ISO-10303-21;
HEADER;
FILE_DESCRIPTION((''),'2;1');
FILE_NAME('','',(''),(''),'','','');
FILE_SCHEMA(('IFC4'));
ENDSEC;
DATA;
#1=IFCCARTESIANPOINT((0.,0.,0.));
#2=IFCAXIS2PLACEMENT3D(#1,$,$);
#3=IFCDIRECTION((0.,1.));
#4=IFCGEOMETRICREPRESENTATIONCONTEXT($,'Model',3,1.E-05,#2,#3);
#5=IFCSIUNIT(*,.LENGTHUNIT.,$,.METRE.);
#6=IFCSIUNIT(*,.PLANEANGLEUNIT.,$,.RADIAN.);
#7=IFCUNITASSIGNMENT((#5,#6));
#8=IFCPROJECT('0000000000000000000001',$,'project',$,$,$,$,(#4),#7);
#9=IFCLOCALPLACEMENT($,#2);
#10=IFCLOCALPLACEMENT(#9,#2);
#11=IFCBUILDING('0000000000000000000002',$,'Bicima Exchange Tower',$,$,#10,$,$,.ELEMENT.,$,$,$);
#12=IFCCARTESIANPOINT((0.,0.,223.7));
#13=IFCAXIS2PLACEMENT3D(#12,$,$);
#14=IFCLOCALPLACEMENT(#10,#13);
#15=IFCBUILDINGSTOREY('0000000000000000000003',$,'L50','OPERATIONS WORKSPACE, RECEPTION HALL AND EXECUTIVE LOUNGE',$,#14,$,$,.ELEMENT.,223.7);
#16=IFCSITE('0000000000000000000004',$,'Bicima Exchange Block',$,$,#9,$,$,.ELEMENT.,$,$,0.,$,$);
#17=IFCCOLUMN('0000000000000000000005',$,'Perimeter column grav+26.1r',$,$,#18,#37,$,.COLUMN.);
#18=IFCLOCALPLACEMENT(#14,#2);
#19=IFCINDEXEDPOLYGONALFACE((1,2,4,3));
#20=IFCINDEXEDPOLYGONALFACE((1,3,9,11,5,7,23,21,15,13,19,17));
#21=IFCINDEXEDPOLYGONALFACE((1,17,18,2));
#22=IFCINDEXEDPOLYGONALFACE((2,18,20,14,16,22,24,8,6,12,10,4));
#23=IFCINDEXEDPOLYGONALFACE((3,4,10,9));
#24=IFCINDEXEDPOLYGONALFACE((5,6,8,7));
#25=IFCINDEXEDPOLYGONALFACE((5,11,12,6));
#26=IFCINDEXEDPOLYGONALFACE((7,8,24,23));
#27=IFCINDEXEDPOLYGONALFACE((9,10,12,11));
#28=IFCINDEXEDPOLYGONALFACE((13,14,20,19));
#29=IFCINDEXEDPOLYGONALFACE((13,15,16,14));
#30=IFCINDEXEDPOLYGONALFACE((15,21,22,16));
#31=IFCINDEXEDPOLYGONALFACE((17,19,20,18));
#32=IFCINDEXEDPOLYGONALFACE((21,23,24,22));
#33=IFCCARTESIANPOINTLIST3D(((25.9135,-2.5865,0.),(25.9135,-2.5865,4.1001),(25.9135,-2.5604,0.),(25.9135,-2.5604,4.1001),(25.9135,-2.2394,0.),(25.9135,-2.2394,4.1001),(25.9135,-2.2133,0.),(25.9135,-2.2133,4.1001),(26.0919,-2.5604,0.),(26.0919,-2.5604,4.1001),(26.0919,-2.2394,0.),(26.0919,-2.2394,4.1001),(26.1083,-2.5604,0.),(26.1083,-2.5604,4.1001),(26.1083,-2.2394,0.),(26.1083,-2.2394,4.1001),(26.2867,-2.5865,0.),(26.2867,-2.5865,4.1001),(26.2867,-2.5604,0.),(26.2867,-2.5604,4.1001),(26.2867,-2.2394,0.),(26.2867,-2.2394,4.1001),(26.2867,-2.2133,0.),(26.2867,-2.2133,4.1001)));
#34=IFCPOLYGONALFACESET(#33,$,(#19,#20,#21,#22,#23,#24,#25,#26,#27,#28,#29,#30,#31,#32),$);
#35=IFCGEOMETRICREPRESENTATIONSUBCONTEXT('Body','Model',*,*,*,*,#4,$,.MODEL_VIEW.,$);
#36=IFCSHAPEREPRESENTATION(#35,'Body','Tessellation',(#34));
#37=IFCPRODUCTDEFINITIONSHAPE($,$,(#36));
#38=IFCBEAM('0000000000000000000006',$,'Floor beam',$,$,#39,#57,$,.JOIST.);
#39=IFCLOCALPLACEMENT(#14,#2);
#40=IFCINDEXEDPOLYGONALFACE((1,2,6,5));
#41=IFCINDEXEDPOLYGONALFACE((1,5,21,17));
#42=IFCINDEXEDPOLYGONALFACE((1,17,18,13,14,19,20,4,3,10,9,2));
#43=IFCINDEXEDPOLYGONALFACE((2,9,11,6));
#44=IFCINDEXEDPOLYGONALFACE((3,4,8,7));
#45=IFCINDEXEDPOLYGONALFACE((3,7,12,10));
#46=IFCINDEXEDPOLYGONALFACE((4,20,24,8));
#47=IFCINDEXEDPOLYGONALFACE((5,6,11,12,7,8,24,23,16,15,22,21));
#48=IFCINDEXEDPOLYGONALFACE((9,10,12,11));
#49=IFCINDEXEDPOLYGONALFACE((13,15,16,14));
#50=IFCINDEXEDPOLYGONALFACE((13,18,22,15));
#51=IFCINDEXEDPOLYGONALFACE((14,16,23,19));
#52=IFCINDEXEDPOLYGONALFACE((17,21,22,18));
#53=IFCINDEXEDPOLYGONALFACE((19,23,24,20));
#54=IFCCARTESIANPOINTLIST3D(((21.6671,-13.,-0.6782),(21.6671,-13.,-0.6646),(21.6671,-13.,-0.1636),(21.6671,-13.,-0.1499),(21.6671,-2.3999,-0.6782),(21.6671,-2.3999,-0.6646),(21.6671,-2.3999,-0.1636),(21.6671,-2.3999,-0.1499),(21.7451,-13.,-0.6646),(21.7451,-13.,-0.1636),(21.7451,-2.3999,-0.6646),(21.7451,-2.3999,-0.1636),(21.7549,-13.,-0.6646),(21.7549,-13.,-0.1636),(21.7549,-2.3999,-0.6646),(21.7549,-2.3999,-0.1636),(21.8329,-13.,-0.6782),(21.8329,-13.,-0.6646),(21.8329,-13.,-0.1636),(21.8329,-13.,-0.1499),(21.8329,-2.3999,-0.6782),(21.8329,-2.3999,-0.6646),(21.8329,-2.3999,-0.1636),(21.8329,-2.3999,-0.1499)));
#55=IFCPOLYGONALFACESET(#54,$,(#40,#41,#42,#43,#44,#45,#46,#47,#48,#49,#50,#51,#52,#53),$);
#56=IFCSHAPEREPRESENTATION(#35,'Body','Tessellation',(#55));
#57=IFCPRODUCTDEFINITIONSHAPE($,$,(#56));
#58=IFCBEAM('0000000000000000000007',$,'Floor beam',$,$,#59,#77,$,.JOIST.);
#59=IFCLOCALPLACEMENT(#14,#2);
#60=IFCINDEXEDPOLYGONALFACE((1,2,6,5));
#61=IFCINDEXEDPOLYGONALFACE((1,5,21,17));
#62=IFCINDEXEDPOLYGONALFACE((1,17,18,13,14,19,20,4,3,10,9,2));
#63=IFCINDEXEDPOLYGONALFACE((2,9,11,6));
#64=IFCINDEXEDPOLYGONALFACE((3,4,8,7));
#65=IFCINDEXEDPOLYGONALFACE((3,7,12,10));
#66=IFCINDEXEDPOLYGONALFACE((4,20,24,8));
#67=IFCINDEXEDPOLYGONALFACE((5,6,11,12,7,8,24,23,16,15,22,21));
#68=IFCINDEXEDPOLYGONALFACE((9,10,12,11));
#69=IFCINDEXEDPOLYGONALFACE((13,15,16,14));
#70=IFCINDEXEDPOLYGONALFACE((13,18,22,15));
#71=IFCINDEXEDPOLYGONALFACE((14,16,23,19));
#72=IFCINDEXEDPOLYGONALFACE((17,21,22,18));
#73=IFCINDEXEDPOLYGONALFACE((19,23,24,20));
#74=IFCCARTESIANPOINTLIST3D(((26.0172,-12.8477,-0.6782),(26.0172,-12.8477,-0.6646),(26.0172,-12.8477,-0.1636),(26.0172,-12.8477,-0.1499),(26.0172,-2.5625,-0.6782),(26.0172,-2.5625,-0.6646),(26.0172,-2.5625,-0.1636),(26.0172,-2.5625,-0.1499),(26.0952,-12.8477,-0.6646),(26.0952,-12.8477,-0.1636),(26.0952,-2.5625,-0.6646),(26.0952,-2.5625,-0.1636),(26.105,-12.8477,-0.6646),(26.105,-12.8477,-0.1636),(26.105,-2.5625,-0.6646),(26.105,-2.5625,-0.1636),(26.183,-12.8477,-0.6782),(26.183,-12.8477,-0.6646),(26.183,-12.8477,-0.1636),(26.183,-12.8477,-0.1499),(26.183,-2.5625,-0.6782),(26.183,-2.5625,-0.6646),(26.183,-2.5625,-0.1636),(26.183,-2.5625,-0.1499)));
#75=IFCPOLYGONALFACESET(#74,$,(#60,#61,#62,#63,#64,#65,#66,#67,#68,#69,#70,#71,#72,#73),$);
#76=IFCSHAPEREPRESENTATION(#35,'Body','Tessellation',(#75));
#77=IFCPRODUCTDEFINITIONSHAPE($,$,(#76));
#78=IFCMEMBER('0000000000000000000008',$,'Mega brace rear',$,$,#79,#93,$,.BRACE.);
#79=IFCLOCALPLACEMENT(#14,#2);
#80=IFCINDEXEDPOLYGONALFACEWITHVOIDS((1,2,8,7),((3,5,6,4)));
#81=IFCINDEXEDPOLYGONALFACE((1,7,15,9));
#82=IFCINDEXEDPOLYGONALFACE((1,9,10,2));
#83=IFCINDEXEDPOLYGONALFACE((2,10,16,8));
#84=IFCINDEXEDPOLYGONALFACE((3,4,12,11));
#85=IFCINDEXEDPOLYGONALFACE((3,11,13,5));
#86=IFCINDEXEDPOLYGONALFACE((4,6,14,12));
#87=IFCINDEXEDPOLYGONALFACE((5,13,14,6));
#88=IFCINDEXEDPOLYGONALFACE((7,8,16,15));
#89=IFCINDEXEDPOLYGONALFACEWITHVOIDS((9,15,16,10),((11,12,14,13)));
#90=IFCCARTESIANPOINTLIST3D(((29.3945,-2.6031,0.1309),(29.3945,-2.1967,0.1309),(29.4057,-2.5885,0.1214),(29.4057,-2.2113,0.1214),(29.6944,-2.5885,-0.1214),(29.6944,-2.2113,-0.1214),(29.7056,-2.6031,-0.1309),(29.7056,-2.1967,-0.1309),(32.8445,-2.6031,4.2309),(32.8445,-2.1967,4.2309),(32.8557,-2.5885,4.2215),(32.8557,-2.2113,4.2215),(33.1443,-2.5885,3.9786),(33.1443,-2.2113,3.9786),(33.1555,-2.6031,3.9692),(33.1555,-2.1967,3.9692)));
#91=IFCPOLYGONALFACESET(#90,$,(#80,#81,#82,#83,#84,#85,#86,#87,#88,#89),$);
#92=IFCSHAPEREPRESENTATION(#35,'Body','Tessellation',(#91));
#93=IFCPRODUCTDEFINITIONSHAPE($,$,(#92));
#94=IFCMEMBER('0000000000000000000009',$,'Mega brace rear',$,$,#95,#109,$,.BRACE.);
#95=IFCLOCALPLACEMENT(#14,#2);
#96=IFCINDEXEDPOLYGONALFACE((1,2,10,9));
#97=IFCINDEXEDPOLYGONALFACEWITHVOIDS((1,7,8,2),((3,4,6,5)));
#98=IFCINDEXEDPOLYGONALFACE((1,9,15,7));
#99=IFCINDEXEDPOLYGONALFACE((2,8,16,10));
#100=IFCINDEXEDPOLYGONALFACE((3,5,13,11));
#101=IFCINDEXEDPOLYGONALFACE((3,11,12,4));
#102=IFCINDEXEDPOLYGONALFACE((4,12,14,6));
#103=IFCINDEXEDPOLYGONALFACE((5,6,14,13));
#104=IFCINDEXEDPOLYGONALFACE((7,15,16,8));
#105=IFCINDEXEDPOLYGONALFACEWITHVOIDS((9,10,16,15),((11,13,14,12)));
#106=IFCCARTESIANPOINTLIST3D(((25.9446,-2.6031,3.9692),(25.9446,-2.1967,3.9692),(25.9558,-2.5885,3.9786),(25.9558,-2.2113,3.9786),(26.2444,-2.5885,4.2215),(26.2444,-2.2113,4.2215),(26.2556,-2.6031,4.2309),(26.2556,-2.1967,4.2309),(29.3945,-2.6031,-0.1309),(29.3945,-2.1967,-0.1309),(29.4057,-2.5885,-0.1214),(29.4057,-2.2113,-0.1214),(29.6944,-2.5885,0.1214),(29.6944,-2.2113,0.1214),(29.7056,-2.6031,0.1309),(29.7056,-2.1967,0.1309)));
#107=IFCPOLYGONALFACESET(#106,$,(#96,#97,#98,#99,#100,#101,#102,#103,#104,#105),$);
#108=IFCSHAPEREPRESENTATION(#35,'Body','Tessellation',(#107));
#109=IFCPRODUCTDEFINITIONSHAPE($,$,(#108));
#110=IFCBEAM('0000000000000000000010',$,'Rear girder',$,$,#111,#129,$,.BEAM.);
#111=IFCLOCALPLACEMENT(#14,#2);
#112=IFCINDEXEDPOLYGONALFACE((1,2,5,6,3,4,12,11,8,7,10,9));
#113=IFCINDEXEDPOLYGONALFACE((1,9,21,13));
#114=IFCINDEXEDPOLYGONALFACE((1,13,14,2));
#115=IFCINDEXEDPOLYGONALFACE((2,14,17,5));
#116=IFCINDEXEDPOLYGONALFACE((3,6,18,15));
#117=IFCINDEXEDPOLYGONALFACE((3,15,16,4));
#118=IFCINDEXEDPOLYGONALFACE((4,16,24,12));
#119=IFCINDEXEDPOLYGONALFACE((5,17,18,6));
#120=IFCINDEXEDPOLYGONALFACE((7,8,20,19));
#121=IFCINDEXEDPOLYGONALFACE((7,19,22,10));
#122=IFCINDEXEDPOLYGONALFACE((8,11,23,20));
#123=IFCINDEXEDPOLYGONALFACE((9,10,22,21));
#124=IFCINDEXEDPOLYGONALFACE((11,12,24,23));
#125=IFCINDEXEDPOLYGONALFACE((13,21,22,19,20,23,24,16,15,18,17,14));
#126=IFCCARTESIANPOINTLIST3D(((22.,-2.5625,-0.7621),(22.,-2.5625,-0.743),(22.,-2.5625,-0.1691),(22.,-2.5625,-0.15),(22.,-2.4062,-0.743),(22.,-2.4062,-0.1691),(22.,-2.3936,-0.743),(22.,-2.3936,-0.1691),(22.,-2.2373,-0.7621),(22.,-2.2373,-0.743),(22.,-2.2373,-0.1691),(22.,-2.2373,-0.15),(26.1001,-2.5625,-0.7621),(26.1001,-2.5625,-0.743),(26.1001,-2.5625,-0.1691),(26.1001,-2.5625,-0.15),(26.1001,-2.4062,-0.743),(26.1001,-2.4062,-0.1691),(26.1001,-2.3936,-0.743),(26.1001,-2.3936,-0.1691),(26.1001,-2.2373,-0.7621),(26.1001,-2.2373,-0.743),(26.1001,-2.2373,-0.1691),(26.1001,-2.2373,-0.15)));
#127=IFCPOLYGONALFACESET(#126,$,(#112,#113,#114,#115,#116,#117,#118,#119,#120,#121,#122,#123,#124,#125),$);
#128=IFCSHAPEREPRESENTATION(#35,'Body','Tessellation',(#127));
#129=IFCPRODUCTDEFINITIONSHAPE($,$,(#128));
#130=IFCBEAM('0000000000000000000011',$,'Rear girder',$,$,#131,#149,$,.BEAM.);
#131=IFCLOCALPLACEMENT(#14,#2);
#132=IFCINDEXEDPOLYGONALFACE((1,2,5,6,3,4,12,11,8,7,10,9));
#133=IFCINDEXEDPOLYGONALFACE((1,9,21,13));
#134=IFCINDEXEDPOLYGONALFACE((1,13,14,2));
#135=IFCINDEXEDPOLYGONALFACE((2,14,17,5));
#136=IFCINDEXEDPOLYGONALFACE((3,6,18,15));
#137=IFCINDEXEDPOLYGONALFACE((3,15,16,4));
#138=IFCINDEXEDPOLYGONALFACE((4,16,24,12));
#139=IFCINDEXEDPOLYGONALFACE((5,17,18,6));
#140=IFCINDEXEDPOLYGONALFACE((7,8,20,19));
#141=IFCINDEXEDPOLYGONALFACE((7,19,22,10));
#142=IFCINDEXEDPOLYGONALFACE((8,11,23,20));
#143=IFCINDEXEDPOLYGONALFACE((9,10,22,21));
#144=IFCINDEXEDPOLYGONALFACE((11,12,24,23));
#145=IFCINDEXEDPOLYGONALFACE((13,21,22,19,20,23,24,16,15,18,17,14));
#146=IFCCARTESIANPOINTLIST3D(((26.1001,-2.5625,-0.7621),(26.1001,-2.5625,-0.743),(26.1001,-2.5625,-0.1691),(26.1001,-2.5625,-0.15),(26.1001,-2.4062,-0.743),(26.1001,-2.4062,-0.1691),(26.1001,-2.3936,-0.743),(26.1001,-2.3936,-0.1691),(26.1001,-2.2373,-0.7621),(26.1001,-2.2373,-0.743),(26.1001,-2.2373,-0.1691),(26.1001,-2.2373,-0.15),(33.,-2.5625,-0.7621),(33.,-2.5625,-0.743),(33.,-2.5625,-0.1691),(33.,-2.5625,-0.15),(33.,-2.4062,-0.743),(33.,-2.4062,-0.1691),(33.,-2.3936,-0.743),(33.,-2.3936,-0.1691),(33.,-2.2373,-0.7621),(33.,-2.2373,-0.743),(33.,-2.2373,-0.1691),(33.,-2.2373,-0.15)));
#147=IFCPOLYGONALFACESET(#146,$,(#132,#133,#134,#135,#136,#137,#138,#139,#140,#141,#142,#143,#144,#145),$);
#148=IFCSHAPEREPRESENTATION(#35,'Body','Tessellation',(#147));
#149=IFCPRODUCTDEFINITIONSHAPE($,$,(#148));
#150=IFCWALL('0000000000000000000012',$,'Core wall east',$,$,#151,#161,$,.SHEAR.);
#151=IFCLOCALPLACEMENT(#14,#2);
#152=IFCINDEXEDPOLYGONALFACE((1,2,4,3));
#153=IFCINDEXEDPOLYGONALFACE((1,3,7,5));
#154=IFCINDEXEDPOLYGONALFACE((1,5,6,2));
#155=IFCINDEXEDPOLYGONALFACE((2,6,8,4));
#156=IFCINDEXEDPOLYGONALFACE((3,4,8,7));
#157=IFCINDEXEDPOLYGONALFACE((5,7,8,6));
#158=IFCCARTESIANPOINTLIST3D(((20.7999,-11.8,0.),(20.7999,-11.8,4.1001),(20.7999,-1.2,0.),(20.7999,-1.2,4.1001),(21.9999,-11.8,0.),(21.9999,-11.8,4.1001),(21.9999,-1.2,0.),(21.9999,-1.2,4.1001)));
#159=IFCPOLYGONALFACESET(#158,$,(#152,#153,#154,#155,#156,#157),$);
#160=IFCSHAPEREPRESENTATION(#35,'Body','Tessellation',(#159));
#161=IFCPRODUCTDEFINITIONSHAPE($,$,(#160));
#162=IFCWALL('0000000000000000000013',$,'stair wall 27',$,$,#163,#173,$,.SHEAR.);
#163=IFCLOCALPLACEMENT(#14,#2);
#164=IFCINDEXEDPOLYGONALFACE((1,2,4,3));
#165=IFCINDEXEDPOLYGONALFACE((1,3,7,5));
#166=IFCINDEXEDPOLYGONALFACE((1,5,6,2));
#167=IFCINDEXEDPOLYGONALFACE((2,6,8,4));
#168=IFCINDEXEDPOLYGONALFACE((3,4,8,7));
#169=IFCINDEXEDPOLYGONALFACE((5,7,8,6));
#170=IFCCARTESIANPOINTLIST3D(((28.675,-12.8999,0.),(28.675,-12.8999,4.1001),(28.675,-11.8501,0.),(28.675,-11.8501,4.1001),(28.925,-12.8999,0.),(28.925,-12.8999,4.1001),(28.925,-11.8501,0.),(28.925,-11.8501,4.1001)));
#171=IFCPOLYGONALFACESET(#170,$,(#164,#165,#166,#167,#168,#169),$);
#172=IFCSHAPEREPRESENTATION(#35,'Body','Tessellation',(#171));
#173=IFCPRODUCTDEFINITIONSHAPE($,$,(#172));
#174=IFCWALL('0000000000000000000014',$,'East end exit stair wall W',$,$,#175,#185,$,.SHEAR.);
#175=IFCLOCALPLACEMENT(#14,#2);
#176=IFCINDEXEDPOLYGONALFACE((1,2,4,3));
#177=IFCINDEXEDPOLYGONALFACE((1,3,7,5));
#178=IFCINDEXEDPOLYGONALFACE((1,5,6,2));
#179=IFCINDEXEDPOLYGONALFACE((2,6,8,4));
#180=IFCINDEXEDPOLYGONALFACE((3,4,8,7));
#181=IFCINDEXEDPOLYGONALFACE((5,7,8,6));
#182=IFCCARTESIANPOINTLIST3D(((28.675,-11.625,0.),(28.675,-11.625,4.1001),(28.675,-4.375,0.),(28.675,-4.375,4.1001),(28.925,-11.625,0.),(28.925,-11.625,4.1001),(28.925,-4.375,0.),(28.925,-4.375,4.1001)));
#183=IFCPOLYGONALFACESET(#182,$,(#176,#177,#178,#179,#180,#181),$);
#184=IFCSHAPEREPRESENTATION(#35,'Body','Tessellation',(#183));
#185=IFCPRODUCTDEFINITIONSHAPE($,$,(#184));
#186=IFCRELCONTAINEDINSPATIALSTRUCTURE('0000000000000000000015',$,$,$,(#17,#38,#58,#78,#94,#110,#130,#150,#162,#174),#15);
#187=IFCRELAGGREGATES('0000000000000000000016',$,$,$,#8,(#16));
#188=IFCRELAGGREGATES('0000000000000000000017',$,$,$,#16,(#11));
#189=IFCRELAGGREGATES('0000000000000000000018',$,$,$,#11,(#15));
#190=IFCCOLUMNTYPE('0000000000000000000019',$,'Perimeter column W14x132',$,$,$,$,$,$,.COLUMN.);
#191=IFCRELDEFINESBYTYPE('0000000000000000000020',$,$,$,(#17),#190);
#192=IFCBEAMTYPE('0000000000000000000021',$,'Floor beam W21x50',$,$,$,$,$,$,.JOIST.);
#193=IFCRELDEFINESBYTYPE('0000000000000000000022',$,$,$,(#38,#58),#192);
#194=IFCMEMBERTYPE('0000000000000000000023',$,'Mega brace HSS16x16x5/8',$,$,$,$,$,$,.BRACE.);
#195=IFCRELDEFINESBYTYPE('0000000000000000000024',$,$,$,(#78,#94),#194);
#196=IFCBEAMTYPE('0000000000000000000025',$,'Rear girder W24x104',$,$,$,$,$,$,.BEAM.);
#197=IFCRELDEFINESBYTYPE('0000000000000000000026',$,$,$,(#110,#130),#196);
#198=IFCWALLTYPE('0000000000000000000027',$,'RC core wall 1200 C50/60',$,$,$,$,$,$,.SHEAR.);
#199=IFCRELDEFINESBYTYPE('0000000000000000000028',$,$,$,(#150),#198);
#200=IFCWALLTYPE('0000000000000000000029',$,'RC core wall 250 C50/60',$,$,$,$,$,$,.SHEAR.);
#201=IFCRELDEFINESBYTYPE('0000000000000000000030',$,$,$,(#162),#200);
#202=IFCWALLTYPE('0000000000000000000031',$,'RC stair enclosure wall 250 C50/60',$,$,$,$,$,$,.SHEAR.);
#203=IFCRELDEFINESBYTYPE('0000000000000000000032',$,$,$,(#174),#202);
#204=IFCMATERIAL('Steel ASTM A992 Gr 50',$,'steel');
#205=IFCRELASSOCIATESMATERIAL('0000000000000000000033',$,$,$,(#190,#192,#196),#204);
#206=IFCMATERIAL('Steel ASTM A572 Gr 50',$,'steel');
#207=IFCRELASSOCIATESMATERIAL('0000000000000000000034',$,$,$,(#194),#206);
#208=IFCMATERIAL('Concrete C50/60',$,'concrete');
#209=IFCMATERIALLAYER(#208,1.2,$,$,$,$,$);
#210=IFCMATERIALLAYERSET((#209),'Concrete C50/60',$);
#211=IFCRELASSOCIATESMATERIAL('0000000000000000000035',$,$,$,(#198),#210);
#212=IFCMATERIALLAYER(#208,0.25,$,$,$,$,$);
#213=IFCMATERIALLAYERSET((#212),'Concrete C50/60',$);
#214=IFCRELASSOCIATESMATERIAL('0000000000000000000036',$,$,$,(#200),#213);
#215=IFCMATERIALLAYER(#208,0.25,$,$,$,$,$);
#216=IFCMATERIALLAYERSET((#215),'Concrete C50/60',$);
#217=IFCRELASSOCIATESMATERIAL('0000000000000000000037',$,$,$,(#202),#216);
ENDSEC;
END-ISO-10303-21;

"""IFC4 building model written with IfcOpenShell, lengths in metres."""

from ifc_helpers import new_model, si_unit, direction, frame, frame_2d, origin, origin_2d, place, context, subcontext, project, spatial, rectangle, hollow_rectangle, i_section, extrude, material, layer, layer_set, material_profile, profile_set, type_object, element, save


model = new_model("IFC4")

# Units and contexts
model_context = context("Model", 3, precision=1e-05, world=origin(), true_north=direction((0.0, 1.0)))
body_context = subcontext(model_context, "Body", "Model", "MODEL_VIEW")
ifc_project = project(units=[si_unit("LENGTHUNIT", "METRE"), si_unit("PLANEANGLEUNIT", "RADIAN")], contexts=[model_context])

# Site, building, storey
site_placement = place(None, origin())
site = spatial("IfcSite", under=ifc_project, at=site_placement, Name="Bicima Exchange Block", CompositionType="ELEMENT", RefElevation=0.0)
building_placement = place(site_placement, origin())
building = spatial("IfcBuilding", under=site, at=building_placement, Name="Bicima Exchange Tower", CompositionType="ELEMENT")
storey_placement = place(building_placement, frame((0.0, 0.0, 223.7)))
storey = spatial("IfcBuildingStorey", under=building, at=storey_placement, Name="L50", Description="OPERATIONS WORKSPACE, RECEPTION HALL AND EXECUTIVE LOUNGE", CompositionType="ELEMENT", Elevation=223.7)

# Column
ifc_material_1 = material(Name="Steel ASTM A992 Gr 50", Category="steel")
ifc_material_profile_1 = material_profile(ifc_material_1, i_section(OverallWidth=0.3733, OverallDepth=0.3733, WebThickness=0.0164, FlangeThickness=0.0261, at=origin_2d()))
ifc_profile_set_1 = profile_set([ifc_material_profile_1], Name="Steel ASTM A992 Gr 50")
column_type = type_object("IfcColumnType", Name="Perimeter column W14x132", PredefinedType="COLUMN", material=ifc_profile_set_1)
column_placement = place(storey_placement, frame((26.1001, -2.3999, 0.0), z_axis=(0.0, 0.0, 1.0), x_axis=(1.0, 0.0, 0.0)))
element("IfcColumn", 1, at=column_placement, inside=storey, type_object=column_type, Name="Perimeter column grav+26.1r", PredefinedType="COLUMN", context=body_context, shape_type="SweptSolid", body=[
    extrude(i_section(OverallWidth=0.3733, OverallDepth=0.3733, WebThickness=0.0164, FlangeThickness=0.0261, at=origin_2d()), origin(), (0.0, 0.0, 1.0), 4.1001),
])

# Beams
ifc_material_profile_2 = material_profile(ifc_material_1, i_section(OverallWidth=0.1658, OverallDepth=0.5283, WebThickness=0.0098, FlangeThickness=0.0137, at=origin_2d()))
ifc_profile_set_2 = profile_set([ifc_material_profile_2], Name="Steel ASTM A992 Gr 50")
beam_type_1 = type_object("IfcBeamType", Name="Floor beam W21x50", PredefinedType="JOIST", material=ifc_profile_set_2)
beam_1_placement = place(storey_placement, frame((21.75, -2.3999, -0.4141), z_axis=(0.0, -1.0, 0.0), x_axis=(1.0, 0.0, 0.0)))
element("IfcBeam", 2, at=beam_1_placement, inside=storey, type_object=beam_type_1, Name="Floor beam", PredefinedType="JOIST", context=body_context, shape_type="SweptSolid", body=[
    extrude(i_section(OverallWidth=0.1658, OverallDepth=0.5283, WebThickness=0.0098, FlangeThickness=0.0137, at=origin_2d()), origin(), (0.0, 0.0, 1.0), 10.6001),
])
beam_2_placement = place(storey_placement, frame((26.1001, -2.5625, -0.4141), z_axis=(0.0, -1.0, 0.0), x_axis=(1.0, 0.0, 0.0)))
element("IfcBeam", 3, at=beam_2_placement, inside=storey, type_object=beam_type_1, Name="Floor beam", PredefinedType="JOIST", context=body_context, shape_type="SweptSolid", body=[
    extrude(i_section(OverallWidth=0.1658, OverallDepth=0.5283, WebThickness=0.0098, FlangeThickness=0.0137, at=origin_2d()), origin(), (0.0, 0.0, 1.0), 10.2852),
])

# Members
ifc_material_2 = material(Name="Steel ASTM A572 Gr 50", Category="steel")
ifc_material_profile_3 = material_profile(ifc_material_2, hollow_rectangle(XDim=0.4065, YDim=0.4065, WallThickness=0.0146, at=origin_2d()))
ifc_profile_set_3 = profile_set([ifc_material_profile_3], Name="Steel ASTM A572 Gr 50")
member_type = type_object("IfcMemberType", Name="Mega brace HSS16x16x5/8", PredefinedType="BRACE", material=ifc_profile_set_3)
for number, where, z_axis, x_axis, name in (
    (4, (29.55, -2.3999, 0.0), (0.643834, 0.0, 0.765165), (0.0, 1.0, 0.0), "Mega brace rear"),
    (5, (29.55, -2.3999, 0.0), (-0.643834, 0.0, 0.765165), (0.0, -1.0, 0.0), "Mega brace rear"),
):
    element("IfcMember", number, at=place(storey_placement, frame(where, z_axis=z_axis, x_axis=x_axis)), inside=storey, type_object=member_type, Name=name, PredefinedType="BRACE", context=body_context, shape_type="SweptSolid", body=[
        extrude(hollow_rectangle(XDim=0.4065, YDim=0.4065, WallThickness=0.0146, at=origin_2d()), origin(), (0.0, 0.0, 1.0), 5.3584),
    ])

# Beams
ifc_material_profile_4 = material_profile(ifc_material_1, i_section(OverallWidth=0.3252, OverallDepth=0.6121, WebThickness=0.0127, FlangeThickness=0.019, at=origin_2d()))
ifc_profile_set_4 = profile_set([ifc_material_profile_4], Name="Steel ASTM A992 Gr 50")
beam_type_2 = type_object("IfcBeamType", Name="Rear girder W24x104", PredefinedType="BEAM", material=ifc_profile_set_4)
beam_3_placement = place(storey_placement, frame((22.0, -2.3999, -0.4561), z_axis=(1.0, 0.0, 0.0), x_axis=(0.0, 1.0, 0.0)))
element("IfcBeam", 6, at=beam_3_placement, inside=storey, type_object=beam_type_2, Name="Rear girder", PredefinedType="BEAM", context=body_context, shape_type="SweptSolid", body=[
    extrude(i_section(OverallWidth=0.3252, OverallDepth=0.6121, WebThickness=0.0127, FlangeThickness=0.019, at=origin_2d()), origin(), (0.0, 0.0, 1.0), 4.1001),
])
beam_4_placement = place(storey_placement, frame((26.1001, -2.3999, -0.4561), z_axis=(1.0, 0.0, 0.0), x_axis=(0.0, 1.0, 0.0)))
element("IfcBeam", 7, at=beam_4_placement, inside=storey, type_object=beam_type_2, Name="Rear girder", PredefinedType="BEAM", context=body_context, shape_type="SweptSolid", body=[
    extrude(i_section(OverallWidth=0.3252, OverallDepth=0.6121, WebThickness=0.0127, FlangeThickness=0.019, at=origin_2d()), origin(), (0.0, 0.0, 1.0), 6.8999),
])

# Walls
ifc_material_3 = material(Name="Concrete C50/60", Category="concrete")
ifc_layer_1 = layer(ifc_material_3, 1.2)
ifc_layer_set_1 = layer_set([ifc_layer_1], Name="Concrete C50/60")
wall_type_1 = type_object("IfcWallType", Name="RC core wall 1200 C50/60", PredefinedType="SHEAR", material=ifc_layer_set_1)
wall_1_placement = place(storey_placement, frame((21.3999, -11.8, 0.0), z_axis=(0.0, 0.0, 1.0), x_axis=(0.0, 1.0, 0.0)))
element("IfcWall", 8, at=wall_1_placement, inside=storey, type_object=wall_type_1, Name="Core wall east", PredefinedType="SHEAR", context=body_context, shape_type="SweptSolid", body=[
    extrude(rectangle(XDim=10.6001, YDim=1.2, at=frame_2d((5.3, 0.0))), origin(), (0.0, 0.0, 1.0), 4.1001),
])
ifc_layer_2 = layer(ifc_material_3, 0.25)
ifc_layer_set_2 = layer_set([ifc_layer_2], Name="Concrete C50/60")
wall_type_2 = type_object("IfcWallType", Name="RC core wall 250 C50/60", PredefinedType="SHEAR", material=ifc_layer_set_2)
wall_2_placement = place(storey_placement, frame((28.8, -12.8999, 0.0), z_axis=(0.0, 0.0, 1.0), x_axis=(0.0, 1.0, 0.0)))
element("IfcWall", 9, at=wall_2_placement, inside=storey, type_object=wall_type_2, Name="stair wall 27", PredefinedType="SHEAR", context=body_context, shape_type="SweptSolid", body=[
    extrude(rectangle(XDim=1.0498, YDim=0.25, at=frame_2d((0.5249, 0.0))), origin(), (0.0, 0.0, 1.0), 4.1001),
])
ifc_layer_3 = layer(ifc_material_3, 0.25)
ifc_layer_set_3 = layer_set([ifc_layer_3], Name="Concrete C50/60")
wall_type_3 = type_object("IfcWallType", Name="RC stair enclosure wall 250 C50/60", PredefinedType="SHEAR", material=ifc_layer_set_3)
wall_3_placement = place(storey_placement, frame((28.8, -11.625, 0.0), z_axis=(0.0, 0.0, 1.0), x_axis=(0.0, 1.0, 0.0)))
element("IfcWall", 10, at=wall_3_placement, inside=storey, type_object=wall_type_3, Name="East end exit stair wall W", PredefinedType="SHEAR", context=body_context, shape_type="SweptSolid", body=[
    extrude(rectangle(XDim=7.25, YDim=0.25, at=frame_2d((3.625, 0.0))), origin(), (0.0, 0.0, 1.0), 4.1001),
])

save(model, "model.ifc")
